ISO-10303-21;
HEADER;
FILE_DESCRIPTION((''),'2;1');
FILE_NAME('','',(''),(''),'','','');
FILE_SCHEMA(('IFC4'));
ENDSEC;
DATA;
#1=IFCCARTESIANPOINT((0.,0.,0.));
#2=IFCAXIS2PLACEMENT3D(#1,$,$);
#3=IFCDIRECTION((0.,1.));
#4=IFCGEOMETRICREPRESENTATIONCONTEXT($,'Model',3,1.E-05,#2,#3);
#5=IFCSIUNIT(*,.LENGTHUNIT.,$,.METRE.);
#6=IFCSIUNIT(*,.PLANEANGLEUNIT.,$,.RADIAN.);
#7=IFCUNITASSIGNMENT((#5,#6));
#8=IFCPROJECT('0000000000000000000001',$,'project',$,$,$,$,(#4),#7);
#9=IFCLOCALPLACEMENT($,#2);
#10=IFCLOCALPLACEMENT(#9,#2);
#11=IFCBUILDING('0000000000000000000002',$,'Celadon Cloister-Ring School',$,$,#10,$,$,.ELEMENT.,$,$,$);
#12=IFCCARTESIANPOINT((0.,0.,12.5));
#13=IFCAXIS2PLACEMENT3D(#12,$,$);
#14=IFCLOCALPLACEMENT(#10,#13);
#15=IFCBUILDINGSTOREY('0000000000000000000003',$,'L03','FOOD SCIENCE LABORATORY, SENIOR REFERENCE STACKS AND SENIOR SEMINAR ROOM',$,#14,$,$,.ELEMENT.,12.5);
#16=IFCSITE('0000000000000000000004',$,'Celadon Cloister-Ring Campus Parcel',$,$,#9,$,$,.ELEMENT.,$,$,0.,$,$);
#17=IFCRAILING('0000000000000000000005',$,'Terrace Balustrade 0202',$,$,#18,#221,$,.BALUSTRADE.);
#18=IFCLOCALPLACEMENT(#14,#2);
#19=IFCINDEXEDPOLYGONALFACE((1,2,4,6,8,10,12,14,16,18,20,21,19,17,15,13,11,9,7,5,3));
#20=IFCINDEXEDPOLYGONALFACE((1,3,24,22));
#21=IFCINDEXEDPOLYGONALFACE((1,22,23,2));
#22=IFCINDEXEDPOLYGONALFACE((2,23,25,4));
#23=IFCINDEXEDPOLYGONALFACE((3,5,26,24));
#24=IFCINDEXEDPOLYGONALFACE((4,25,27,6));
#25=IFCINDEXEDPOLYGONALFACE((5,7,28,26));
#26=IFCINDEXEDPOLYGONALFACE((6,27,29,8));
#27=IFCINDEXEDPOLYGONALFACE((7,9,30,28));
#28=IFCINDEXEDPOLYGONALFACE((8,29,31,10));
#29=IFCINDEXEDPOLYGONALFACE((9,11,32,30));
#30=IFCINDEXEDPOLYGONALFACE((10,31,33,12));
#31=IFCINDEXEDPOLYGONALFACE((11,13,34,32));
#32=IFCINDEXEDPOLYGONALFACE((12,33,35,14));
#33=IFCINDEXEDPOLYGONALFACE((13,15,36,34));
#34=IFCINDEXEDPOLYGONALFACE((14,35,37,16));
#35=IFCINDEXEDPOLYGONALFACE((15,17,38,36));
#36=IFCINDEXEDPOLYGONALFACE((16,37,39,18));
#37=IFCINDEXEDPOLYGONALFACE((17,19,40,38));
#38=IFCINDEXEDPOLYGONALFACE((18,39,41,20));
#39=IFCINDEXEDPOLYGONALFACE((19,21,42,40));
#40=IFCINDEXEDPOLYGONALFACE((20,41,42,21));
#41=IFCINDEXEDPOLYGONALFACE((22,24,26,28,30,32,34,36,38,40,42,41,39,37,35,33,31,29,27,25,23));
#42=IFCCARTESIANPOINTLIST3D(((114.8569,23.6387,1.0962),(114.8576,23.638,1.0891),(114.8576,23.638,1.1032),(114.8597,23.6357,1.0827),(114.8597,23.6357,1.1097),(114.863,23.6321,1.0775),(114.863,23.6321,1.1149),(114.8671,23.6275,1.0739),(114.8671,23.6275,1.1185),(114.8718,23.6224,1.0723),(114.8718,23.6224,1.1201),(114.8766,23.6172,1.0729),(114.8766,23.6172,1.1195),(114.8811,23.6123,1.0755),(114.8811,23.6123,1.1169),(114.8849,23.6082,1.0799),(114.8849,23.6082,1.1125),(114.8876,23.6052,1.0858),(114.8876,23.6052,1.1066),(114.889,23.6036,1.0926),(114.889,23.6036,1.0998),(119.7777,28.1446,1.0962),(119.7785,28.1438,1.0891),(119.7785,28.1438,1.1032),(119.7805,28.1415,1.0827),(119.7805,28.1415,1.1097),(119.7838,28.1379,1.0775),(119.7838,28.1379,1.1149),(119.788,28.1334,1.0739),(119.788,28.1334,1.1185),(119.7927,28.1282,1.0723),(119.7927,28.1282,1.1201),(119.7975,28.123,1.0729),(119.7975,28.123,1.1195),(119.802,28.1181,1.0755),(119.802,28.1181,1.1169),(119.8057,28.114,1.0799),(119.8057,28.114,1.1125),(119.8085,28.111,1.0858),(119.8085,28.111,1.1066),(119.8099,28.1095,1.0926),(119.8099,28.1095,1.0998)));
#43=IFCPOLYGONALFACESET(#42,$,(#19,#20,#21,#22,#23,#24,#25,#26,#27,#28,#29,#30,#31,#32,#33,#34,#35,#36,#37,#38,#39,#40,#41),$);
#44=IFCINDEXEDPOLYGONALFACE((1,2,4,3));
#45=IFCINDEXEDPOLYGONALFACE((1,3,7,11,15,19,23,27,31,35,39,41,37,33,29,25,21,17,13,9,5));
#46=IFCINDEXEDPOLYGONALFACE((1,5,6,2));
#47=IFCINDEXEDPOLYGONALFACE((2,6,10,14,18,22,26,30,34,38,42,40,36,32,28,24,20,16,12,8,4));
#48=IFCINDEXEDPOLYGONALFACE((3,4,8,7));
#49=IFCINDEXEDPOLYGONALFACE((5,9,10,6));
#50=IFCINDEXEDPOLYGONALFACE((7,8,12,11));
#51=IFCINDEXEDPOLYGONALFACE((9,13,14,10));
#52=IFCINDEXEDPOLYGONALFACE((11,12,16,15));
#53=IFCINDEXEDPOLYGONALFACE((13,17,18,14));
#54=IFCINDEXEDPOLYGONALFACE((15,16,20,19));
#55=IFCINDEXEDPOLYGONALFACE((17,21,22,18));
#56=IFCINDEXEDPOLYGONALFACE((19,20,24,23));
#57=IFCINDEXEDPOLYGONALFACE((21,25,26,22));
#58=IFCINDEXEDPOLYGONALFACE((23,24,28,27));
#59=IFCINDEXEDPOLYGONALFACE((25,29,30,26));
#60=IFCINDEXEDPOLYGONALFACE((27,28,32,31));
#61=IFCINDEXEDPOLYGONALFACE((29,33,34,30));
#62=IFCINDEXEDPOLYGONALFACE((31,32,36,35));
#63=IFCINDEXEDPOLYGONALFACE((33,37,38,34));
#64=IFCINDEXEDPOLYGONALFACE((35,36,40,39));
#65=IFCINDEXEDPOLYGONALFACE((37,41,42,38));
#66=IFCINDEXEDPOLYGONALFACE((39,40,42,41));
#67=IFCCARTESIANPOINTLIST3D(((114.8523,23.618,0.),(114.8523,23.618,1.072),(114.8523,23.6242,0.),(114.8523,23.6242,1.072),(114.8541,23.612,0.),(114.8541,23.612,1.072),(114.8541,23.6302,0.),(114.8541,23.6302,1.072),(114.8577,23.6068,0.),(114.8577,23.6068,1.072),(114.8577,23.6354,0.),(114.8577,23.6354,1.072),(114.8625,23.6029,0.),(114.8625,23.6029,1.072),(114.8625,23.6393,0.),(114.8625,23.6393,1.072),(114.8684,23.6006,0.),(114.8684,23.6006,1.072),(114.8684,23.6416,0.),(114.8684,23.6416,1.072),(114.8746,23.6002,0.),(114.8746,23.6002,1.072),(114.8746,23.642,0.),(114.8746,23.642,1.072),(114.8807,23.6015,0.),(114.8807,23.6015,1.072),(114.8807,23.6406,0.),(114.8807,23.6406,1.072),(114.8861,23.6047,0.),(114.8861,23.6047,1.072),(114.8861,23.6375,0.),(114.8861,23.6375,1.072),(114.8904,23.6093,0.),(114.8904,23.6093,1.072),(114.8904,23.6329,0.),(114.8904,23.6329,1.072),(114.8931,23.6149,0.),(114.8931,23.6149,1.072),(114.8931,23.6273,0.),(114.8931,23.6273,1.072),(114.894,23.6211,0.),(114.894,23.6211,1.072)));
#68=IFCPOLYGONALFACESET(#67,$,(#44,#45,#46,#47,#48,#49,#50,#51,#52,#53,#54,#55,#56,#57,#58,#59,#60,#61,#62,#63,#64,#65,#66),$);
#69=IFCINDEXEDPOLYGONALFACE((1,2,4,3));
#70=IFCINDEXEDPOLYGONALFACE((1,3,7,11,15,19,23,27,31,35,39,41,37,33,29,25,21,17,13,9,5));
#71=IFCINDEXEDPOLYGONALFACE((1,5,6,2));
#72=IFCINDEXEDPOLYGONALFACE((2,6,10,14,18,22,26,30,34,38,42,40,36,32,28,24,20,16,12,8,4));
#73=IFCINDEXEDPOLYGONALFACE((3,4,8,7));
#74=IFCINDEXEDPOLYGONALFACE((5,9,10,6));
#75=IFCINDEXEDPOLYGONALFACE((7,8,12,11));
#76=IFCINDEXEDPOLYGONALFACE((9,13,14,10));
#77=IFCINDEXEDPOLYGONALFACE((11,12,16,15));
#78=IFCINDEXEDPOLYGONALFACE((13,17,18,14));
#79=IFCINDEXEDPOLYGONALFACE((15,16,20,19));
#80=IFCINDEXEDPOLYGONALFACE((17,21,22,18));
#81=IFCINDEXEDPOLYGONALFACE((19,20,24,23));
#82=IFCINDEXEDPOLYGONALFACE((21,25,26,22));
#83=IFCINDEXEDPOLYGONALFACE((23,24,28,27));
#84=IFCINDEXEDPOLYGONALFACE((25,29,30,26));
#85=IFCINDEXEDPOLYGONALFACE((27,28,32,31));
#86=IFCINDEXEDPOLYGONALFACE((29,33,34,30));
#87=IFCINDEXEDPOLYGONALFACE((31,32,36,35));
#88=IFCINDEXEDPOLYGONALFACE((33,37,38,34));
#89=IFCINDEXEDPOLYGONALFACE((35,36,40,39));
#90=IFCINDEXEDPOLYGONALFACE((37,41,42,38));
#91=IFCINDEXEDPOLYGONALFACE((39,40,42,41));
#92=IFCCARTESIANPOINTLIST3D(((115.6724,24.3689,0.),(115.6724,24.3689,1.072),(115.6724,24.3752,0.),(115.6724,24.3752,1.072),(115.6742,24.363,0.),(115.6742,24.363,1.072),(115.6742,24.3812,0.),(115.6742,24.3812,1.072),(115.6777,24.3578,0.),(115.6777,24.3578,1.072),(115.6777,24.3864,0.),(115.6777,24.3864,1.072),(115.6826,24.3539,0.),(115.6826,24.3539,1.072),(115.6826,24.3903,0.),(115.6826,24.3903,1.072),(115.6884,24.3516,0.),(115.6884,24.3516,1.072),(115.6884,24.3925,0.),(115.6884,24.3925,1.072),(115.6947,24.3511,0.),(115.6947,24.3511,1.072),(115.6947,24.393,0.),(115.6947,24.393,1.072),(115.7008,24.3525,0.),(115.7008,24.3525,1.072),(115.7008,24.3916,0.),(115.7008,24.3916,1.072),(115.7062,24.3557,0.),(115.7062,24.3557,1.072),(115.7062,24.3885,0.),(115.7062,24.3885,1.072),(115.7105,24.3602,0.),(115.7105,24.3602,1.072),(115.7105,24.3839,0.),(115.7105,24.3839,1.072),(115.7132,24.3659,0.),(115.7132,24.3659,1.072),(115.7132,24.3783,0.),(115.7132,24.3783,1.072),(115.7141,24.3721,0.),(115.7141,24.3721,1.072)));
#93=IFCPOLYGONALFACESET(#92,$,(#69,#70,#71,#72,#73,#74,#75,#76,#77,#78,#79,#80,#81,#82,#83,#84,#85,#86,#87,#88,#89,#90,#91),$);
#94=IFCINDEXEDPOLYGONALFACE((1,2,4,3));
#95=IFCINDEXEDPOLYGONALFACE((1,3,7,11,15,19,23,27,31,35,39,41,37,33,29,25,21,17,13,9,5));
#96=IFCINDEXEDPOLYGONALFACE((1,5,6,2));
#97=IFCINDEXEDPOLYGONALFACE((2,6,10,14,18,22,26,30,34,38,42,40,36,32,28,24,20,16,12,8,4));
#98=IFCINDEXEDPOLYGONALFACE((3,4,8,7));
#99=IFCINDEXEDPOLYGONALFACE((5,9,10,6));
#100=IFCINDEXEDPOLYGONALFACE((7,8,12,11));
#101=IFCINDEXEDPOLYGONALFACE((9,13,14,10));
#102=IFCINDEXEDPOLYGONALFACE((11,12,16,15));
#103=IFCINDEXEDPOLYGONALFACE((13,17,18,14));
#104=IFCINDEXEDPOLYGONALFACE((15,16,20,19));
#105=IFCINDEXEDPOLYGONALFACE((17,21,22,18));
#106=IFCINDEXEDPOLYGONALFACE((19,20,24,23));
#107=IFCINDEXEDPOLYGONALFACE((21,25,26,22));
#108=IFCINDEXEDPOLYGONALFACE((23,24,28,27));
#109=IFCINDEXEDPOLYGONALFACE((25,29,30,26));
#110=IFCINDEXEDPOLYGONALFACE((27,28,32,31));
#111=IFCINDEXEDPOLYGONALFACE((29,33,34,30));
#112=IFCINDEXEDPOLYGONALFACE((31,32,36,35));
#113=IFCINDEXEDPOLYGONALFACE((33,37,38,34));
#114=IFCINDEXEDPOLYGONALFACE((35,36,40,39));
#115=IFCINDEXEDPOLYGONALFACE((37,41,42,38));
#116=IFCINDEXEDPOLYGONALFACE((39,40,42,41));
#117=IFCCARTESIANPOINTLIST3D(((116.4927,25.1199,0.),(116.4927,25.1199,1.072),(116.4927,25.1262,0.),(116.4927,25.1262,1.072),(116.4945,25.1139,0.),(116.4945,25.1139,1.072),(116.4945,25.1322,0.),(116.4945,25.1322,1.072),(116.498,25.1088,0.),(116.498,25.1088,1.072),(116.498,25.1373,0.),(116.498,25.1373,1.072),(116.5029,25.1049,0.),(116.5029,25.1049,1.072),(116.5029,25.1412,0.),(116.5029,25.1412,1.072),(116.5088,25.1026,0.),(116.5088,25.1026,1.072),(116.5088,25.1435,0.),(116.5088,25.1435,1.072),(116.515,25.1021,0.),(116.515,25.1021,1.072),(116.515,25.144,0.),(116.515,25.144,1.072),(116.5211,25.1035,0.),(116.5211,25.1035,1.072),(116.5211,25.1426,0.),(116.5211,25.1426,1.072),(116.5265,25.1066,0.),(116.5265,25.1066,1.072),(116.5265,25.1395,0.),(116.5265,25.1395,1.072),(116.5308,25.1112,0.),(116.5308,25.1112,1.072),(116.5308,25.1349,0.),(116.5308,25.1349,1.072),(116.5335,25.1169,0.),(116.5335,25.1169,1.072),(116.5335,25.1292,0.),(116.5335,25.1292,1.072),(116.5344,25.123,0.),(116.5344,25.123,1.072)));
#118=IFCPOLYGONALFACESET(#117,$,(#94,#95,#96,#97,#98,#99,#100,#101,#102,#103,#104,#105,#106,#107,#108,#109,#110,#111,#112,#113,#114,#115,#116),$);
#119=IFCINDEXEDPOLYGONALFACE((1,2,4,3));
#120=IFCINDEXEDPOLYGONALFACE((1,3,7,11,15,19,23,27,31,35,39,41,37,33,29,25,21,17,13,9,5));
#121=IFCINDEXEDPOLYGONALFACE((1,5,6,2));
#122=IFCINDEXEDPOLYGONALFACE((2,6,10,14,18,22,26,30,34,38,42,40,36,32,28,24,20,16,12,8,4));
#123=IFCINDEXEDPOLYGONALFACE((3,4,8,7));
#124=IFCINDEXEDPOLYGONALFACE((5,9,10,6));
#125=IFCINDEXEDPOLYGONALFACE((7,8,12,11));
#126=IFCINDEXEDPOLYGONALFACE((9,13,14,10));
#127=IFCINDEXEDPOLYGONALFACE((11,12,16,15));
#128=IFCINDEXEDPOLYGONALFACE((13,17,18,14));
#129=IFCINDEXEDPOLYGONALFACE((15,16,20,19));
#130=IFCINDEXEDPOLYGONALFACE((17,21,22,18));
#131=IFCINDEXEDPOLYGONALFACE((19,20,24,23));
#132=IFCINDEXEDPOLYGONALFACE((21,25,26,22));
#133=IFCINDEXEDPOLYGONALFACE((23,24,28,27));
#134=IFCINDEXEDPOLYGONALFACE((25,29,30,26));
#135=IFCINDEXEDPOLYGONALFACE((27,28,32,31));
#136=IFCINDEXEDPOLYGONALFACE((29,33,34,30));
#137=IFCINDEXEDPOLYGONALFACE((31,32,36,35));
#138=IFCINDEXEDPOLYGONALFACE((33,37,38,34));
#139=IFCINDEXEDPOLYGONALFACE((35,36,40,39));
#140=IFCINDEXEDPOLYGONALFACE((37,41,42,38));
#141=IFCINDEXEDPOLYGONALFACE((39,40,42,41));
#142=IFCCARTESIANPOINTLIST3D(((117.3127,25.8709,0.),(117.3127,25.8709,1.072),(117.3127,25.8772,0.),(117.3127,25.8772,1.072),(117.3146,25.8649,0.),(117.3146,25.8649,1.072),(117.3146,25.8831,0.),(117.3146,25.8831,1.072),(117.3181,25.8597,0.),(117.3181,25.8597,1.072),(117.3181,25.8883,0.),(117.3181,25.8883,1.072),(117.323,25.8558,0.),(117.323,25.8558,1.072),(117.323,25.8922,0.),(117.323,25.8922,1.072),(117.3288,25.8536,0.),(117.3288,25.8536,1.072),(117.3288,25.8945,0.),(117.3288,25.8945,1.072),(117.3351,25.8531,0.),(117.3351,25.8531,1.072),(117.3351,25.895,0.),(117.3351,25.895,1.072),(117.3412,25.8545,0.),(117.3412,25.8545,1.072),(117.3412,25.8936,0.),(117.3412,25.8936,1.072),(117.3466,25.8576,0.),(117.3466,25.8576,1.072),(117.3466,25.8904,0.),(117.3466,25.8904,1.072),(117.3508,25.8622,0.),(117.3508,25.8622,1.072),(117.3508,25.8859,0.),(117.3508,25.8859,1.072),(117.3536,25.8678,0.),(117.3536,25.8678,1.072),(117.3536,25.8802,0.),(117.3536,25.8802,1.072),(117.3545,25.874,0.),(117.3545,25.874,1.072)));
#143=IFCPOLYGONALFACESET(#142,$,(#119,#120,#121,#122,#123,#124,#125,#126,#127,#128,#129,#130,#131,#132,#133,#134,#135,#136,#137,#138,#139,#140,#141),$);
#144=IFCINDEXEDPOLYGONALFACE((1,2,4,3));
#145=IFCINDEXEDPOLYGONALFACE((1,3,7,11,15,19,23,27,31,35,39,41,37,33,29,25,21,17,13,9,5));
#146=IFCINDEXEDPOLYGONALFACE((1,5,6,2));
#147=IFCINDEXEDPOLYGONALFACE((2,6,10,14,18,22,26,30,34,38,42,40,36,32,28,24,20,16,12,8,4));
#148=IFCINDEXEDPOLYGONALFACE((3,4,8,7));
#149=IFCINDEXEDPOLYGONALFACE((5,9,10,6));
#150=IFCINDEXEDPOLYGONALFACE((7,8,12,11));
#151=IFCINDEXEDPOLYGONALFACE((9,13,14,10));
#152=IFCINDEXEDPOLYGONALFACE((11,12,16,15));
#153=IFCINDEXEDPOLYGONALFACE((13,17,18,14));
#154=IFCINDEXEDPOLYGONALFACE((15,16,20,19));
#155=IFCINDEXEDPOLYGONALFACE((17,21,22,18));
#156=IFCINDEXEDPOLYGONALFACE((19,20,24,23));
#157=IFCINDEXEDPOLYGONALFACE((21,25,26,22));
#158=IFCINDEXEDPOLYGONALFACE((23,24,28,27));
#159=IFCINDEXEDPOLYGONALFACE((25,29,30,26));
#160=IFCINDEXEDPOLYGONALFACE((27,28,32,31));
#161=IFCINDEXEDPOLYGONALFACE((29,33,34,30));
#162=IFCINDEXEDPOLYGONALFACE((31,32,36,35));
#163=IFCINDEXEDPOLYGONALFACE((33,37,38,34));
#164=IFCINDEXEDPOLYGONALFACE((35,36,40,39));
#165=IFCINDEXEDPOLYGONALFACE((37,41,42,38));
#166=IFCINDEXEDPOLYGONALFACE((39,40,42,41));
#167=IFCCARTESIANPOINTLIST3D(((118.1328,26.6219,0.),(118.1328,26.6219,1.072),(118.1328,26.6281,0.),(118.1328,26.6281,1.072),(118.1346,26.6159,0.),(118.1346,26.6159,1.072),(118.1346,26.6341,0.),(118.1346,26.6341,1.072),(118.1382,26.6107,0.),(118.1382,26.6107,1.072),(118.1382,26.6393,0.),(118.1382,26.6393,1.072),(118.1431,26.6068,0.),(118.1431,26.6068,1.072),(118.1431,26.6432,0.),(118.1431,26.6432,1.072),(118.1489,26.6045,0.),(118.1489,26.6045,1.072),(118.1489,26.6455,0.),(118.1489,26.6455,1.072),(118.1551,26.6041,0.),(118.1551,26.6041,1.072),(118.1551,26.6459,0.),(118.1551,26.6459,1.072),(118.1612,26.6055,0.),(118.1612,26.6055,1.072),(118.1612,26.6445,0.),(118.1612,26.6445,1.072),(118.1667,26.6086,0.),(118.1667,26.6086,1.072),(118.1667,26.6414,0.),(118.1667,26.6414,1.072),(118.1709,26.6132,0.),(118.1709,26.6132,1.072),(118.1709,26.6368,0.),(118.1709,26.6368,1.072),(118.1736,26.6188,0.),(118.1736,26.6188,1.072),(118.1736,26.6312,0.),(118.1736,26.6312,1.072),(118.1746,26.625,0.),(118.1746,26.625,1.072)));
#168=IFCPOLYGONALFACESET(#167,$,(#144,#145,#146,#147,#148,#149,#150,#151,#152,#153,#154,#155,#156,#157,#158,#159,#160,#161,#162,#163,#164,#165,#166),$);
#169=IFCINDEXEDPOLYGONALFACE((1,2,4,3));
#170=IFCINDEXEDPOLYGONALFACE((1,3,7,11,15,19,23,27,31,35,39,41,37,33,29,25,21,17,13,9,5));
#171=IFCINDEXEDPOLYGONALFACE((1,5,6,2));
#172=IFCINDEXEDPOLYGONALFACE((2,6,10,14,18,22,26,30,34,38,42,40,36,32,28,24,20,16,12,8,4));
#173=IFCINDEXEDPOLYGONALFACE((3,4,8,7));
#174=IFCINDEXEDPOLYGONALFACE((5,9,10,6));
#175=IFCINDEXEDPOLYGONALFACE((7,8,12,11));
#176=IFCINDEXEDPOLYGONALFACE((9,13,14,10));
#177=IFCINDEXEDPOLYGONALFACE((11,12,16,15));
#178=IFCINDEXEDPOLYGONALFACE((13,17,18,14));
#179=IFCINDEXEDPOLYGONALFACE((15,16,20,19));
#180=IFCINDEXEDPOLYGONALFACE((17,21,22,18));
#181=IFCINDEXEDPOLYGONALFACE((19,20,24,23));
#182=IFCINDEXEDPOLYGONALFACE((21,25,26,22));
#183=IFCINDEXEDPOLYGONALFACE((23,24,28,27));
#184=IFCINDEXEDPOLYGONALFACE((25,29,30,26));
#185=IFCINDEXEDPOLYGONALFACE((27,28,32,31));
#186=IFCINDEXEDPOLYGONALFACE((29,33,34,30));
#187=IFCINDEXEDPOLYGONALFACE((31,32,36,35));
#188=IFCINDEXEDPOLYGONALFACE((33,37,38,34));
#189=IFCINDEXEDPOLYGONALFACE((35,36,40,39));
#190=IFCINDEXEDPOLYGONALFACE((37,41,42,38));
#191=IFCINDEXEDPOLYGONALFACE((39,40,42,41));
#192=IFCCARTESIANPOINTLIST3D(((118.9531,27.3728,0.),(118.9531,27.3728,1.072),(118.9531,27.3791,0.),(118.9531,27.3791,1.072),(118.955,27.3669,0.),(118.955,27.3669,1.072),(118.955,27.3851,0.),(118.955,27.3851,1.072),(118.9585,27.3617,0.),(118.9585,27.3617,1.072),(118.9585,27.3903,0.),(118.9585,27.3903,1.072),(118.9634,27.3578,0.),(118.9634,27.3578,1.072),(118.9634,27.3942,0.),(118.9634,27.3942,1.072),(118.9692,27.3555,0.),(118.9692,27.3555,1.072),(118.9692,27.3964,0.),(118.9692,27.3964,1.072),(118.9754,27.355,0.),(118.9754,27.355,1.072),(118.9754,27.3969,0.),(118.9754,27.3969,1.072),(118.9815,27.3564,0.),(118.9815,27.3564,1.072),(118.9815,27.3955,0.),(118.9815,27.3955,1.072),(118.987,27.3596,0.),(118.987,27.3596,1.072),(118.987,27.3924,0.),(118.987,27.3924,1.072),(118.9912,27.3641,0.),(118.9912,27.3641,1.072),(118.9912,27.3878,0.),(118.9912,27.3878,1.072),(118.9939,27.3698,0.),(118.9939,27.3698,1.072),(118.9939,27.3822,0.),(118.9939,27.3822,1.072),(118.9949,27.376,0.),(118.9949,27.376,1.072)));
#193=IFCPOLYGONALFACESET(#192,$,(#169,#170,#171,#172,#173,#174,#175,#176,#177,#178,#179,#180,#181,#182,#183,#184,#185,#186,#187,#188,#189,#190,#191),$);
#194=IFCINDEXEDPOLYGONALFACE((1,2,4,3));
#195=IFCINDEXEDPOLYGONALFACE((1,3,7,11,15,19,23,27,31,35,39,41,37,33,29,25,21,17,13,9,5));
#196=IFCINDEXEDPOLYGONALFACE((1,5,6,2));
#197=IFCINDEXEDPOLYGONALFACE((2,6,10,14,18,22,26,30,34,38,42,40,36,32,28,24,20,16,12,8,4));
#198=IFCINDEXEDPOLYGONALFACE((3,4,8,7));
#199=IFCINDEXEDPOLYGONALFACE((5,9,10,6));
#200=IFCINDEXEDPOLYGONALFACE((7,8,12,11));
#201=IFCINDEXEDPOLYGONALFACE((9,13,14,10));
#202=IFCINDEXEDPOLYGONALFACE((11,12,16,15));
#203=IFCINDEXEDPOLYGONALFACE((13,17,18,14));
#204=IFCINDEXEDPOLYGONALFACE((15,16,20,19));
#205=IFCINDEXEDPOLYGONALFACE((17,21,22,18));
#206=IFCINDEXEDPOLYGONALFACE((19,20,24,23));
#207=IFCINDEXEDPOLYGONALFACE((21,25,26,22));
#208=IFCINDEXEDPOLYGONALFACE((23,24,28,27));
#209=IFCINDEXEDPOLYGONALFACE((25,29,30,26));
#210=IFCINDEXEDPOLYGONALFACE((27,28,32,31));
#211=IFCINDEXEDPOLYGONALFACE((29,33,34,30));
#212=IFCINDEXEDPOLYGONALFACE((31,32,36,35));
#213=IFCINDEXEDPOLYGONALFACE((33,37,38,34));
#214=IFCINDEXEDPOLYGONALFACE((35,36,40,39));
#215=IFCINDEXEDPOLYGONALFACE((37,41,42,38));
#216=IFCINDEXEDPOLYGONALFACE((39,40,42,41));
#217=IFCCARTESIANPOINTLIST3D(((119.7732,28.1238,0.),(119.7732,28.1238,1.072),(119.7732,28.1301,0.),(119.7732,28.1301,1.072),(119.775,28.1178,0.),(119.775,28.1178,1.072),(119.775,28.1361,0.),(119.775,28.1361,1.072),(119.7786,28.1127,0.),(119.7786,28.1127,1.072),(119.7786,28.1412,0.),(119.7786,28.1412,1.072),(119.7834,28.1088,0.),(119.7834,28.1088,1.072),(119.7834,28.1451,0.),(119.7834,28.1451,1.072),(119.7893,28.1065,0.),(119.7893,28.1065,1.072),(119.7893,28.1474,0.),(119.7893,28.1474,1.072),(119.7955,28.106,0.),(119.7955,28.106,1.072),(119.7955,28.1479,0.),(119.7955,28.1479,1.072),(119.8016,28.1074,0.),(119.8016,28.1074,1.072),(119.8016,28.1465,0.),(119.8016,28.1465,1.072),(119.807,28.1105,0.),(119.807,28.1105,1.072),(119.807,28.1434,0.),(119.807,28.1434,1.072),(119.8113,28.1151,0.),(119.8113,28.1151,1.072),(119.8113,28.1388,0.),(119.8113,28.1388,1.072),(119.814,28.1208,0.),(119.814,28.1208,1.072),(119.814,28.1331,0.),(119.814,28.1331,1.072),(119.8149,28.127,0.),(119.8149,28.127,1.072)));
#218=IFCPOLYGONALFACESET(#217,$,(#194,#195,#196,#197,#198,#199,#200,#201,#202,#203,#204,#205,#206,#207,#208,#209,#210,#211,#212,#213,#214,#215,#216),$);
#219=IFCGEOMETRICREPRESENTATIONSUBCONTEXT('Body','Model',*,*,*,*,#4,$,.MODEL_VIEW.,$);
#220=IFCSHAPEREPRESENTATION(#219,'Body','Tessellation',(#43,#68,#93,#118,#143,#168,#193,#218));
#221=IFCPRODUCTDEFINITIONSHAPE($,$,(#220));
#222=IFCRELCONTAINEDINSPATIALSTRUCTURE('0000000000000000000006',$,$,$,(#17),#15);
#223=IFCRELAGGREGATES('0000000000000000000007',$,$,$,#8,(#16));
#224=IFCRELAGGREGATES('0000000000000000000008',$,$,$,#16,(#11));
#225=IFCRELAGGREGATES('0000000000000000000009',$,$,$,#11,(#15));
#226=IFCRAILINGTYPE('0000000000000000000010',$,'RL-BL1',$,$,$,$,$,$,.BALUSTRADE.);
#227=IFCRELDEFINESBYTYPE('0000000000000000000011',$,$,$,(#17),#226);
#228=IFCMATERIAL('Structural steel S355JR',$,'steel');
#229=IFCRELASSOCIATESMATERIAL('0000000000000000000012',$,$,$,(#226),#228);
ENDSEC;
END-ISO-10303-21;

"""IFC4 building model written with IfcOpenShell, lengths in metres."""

from ifc_helpers import new_model, si_unit, direction, frame, origin, origin_2d, place, context, subcontext, project, spatial, circle, extrude, material, type_object, element, save


model = new_model("IFC4")

# Units and contexts
model_context = context("Model", 3, precision=1e-05, world=origin(), true_north=direction((0.0, 1.0)))
body_context = subcontext(model_context, "Body", "Model", "MODEL_VIEW")
ifc_project = project(units=[si_unit("LENGTHUNIT", "METRE"), si_unit("PLANEANGLEUNIT", "RADIAN")], contexts=[model_context])

# Site, building, storey
site_placement = place(None, origin())
site = spatial("IfcSite", under=ifc_project, at=site_placement, Name="Celadon Cloister-Ring Campus Parcel", CompositionType="ELEMENT", RefElevation=0.0)
building_placement = place(site_placement, origin())
building = spatial("IfcBuilding", under=site, at=building_placement, Name="Celadon Cloister-Ring School", CompositionType="ELEMENT")
storey_placement = place(building_placement, frame((0.0, 0.0, 12.5)))
storey = spatial("IfcBuildingStorey", under=building, at=storey_placement, Name="L03", Description="FOOD SCIENCE LABORATORY, SENIOR REFERENCE STACKS AND SENIOR SEMINAR ROOM", CompositionType="ELEMENT", Elevation=12.5)

# Railing
ifc_material_1 = material(Name="Structural steel S355JR", Category="steel")
railing_type = type_object("IfcRailingType", Name="RL-BL1", PredefinedType="BALUSTRADE", material=ifc_material_1)
railing_placement = place(storey_placement, frame((114.873, 23.6211, 0.0)))
element("IfcRailing", 1, at=railing_placement, inside=storey, type_object=railing_type, Name="Terrace Balustrade 0202", PredefinedType="BALUSTRADE", context=body_context, shape_type="SweptSolid", body=[
    extrude(circle(Radius=0.0239, at=origin_2d()), frame((0.0, 0.0, 1.0962), z_axis=(0.737525, 0.67532, 0.0), x_axis=(-0.67532, 0.737525, 0.0)), (0.0, 0.0, 1.0), 6.6721),
    extrude(circle(Radius=0.021, at=origin_2d()), origin(), (0.0, 0.0, 1.0), 1.072),
    extrude(circle(Radius=0.021, at=origin_2d()), frame((0.8201, 0.751, 0.0)), (0.0, 0.0, 1.0), 1.072),
    extrude(circle(Radius=0.021, at=origin_2d()), frame((1.6404, 1.502, 0.0)), (0.0, 0.0, 1.0), 1.072),
    extrude(circle(Radius=0.021, at=origin_2d()), frame((2.4604, 2.2529, 0.0)), (0.0, 0.0, 1.0), 1.072),
    extrude(circle(Radius=0.021, at=origin_2d()), frame((3.2805, 3.0039, 0.0)), (0.0, 0.0, 1.0), 1.072),
    extrude(circle(Radius=0.021, at=origin_2d()), frame((4.1008, 3.7549, 0.0)), (0.0, 0.0, 1.0), 1.072),
    extrude(circle(Radius=0.021, at=origin_2d()), frame((4.9209, 4.5059, 0.0)), (0.0, 0.0, 1.0), 1.072),
])

save(model, "model.ifc")
